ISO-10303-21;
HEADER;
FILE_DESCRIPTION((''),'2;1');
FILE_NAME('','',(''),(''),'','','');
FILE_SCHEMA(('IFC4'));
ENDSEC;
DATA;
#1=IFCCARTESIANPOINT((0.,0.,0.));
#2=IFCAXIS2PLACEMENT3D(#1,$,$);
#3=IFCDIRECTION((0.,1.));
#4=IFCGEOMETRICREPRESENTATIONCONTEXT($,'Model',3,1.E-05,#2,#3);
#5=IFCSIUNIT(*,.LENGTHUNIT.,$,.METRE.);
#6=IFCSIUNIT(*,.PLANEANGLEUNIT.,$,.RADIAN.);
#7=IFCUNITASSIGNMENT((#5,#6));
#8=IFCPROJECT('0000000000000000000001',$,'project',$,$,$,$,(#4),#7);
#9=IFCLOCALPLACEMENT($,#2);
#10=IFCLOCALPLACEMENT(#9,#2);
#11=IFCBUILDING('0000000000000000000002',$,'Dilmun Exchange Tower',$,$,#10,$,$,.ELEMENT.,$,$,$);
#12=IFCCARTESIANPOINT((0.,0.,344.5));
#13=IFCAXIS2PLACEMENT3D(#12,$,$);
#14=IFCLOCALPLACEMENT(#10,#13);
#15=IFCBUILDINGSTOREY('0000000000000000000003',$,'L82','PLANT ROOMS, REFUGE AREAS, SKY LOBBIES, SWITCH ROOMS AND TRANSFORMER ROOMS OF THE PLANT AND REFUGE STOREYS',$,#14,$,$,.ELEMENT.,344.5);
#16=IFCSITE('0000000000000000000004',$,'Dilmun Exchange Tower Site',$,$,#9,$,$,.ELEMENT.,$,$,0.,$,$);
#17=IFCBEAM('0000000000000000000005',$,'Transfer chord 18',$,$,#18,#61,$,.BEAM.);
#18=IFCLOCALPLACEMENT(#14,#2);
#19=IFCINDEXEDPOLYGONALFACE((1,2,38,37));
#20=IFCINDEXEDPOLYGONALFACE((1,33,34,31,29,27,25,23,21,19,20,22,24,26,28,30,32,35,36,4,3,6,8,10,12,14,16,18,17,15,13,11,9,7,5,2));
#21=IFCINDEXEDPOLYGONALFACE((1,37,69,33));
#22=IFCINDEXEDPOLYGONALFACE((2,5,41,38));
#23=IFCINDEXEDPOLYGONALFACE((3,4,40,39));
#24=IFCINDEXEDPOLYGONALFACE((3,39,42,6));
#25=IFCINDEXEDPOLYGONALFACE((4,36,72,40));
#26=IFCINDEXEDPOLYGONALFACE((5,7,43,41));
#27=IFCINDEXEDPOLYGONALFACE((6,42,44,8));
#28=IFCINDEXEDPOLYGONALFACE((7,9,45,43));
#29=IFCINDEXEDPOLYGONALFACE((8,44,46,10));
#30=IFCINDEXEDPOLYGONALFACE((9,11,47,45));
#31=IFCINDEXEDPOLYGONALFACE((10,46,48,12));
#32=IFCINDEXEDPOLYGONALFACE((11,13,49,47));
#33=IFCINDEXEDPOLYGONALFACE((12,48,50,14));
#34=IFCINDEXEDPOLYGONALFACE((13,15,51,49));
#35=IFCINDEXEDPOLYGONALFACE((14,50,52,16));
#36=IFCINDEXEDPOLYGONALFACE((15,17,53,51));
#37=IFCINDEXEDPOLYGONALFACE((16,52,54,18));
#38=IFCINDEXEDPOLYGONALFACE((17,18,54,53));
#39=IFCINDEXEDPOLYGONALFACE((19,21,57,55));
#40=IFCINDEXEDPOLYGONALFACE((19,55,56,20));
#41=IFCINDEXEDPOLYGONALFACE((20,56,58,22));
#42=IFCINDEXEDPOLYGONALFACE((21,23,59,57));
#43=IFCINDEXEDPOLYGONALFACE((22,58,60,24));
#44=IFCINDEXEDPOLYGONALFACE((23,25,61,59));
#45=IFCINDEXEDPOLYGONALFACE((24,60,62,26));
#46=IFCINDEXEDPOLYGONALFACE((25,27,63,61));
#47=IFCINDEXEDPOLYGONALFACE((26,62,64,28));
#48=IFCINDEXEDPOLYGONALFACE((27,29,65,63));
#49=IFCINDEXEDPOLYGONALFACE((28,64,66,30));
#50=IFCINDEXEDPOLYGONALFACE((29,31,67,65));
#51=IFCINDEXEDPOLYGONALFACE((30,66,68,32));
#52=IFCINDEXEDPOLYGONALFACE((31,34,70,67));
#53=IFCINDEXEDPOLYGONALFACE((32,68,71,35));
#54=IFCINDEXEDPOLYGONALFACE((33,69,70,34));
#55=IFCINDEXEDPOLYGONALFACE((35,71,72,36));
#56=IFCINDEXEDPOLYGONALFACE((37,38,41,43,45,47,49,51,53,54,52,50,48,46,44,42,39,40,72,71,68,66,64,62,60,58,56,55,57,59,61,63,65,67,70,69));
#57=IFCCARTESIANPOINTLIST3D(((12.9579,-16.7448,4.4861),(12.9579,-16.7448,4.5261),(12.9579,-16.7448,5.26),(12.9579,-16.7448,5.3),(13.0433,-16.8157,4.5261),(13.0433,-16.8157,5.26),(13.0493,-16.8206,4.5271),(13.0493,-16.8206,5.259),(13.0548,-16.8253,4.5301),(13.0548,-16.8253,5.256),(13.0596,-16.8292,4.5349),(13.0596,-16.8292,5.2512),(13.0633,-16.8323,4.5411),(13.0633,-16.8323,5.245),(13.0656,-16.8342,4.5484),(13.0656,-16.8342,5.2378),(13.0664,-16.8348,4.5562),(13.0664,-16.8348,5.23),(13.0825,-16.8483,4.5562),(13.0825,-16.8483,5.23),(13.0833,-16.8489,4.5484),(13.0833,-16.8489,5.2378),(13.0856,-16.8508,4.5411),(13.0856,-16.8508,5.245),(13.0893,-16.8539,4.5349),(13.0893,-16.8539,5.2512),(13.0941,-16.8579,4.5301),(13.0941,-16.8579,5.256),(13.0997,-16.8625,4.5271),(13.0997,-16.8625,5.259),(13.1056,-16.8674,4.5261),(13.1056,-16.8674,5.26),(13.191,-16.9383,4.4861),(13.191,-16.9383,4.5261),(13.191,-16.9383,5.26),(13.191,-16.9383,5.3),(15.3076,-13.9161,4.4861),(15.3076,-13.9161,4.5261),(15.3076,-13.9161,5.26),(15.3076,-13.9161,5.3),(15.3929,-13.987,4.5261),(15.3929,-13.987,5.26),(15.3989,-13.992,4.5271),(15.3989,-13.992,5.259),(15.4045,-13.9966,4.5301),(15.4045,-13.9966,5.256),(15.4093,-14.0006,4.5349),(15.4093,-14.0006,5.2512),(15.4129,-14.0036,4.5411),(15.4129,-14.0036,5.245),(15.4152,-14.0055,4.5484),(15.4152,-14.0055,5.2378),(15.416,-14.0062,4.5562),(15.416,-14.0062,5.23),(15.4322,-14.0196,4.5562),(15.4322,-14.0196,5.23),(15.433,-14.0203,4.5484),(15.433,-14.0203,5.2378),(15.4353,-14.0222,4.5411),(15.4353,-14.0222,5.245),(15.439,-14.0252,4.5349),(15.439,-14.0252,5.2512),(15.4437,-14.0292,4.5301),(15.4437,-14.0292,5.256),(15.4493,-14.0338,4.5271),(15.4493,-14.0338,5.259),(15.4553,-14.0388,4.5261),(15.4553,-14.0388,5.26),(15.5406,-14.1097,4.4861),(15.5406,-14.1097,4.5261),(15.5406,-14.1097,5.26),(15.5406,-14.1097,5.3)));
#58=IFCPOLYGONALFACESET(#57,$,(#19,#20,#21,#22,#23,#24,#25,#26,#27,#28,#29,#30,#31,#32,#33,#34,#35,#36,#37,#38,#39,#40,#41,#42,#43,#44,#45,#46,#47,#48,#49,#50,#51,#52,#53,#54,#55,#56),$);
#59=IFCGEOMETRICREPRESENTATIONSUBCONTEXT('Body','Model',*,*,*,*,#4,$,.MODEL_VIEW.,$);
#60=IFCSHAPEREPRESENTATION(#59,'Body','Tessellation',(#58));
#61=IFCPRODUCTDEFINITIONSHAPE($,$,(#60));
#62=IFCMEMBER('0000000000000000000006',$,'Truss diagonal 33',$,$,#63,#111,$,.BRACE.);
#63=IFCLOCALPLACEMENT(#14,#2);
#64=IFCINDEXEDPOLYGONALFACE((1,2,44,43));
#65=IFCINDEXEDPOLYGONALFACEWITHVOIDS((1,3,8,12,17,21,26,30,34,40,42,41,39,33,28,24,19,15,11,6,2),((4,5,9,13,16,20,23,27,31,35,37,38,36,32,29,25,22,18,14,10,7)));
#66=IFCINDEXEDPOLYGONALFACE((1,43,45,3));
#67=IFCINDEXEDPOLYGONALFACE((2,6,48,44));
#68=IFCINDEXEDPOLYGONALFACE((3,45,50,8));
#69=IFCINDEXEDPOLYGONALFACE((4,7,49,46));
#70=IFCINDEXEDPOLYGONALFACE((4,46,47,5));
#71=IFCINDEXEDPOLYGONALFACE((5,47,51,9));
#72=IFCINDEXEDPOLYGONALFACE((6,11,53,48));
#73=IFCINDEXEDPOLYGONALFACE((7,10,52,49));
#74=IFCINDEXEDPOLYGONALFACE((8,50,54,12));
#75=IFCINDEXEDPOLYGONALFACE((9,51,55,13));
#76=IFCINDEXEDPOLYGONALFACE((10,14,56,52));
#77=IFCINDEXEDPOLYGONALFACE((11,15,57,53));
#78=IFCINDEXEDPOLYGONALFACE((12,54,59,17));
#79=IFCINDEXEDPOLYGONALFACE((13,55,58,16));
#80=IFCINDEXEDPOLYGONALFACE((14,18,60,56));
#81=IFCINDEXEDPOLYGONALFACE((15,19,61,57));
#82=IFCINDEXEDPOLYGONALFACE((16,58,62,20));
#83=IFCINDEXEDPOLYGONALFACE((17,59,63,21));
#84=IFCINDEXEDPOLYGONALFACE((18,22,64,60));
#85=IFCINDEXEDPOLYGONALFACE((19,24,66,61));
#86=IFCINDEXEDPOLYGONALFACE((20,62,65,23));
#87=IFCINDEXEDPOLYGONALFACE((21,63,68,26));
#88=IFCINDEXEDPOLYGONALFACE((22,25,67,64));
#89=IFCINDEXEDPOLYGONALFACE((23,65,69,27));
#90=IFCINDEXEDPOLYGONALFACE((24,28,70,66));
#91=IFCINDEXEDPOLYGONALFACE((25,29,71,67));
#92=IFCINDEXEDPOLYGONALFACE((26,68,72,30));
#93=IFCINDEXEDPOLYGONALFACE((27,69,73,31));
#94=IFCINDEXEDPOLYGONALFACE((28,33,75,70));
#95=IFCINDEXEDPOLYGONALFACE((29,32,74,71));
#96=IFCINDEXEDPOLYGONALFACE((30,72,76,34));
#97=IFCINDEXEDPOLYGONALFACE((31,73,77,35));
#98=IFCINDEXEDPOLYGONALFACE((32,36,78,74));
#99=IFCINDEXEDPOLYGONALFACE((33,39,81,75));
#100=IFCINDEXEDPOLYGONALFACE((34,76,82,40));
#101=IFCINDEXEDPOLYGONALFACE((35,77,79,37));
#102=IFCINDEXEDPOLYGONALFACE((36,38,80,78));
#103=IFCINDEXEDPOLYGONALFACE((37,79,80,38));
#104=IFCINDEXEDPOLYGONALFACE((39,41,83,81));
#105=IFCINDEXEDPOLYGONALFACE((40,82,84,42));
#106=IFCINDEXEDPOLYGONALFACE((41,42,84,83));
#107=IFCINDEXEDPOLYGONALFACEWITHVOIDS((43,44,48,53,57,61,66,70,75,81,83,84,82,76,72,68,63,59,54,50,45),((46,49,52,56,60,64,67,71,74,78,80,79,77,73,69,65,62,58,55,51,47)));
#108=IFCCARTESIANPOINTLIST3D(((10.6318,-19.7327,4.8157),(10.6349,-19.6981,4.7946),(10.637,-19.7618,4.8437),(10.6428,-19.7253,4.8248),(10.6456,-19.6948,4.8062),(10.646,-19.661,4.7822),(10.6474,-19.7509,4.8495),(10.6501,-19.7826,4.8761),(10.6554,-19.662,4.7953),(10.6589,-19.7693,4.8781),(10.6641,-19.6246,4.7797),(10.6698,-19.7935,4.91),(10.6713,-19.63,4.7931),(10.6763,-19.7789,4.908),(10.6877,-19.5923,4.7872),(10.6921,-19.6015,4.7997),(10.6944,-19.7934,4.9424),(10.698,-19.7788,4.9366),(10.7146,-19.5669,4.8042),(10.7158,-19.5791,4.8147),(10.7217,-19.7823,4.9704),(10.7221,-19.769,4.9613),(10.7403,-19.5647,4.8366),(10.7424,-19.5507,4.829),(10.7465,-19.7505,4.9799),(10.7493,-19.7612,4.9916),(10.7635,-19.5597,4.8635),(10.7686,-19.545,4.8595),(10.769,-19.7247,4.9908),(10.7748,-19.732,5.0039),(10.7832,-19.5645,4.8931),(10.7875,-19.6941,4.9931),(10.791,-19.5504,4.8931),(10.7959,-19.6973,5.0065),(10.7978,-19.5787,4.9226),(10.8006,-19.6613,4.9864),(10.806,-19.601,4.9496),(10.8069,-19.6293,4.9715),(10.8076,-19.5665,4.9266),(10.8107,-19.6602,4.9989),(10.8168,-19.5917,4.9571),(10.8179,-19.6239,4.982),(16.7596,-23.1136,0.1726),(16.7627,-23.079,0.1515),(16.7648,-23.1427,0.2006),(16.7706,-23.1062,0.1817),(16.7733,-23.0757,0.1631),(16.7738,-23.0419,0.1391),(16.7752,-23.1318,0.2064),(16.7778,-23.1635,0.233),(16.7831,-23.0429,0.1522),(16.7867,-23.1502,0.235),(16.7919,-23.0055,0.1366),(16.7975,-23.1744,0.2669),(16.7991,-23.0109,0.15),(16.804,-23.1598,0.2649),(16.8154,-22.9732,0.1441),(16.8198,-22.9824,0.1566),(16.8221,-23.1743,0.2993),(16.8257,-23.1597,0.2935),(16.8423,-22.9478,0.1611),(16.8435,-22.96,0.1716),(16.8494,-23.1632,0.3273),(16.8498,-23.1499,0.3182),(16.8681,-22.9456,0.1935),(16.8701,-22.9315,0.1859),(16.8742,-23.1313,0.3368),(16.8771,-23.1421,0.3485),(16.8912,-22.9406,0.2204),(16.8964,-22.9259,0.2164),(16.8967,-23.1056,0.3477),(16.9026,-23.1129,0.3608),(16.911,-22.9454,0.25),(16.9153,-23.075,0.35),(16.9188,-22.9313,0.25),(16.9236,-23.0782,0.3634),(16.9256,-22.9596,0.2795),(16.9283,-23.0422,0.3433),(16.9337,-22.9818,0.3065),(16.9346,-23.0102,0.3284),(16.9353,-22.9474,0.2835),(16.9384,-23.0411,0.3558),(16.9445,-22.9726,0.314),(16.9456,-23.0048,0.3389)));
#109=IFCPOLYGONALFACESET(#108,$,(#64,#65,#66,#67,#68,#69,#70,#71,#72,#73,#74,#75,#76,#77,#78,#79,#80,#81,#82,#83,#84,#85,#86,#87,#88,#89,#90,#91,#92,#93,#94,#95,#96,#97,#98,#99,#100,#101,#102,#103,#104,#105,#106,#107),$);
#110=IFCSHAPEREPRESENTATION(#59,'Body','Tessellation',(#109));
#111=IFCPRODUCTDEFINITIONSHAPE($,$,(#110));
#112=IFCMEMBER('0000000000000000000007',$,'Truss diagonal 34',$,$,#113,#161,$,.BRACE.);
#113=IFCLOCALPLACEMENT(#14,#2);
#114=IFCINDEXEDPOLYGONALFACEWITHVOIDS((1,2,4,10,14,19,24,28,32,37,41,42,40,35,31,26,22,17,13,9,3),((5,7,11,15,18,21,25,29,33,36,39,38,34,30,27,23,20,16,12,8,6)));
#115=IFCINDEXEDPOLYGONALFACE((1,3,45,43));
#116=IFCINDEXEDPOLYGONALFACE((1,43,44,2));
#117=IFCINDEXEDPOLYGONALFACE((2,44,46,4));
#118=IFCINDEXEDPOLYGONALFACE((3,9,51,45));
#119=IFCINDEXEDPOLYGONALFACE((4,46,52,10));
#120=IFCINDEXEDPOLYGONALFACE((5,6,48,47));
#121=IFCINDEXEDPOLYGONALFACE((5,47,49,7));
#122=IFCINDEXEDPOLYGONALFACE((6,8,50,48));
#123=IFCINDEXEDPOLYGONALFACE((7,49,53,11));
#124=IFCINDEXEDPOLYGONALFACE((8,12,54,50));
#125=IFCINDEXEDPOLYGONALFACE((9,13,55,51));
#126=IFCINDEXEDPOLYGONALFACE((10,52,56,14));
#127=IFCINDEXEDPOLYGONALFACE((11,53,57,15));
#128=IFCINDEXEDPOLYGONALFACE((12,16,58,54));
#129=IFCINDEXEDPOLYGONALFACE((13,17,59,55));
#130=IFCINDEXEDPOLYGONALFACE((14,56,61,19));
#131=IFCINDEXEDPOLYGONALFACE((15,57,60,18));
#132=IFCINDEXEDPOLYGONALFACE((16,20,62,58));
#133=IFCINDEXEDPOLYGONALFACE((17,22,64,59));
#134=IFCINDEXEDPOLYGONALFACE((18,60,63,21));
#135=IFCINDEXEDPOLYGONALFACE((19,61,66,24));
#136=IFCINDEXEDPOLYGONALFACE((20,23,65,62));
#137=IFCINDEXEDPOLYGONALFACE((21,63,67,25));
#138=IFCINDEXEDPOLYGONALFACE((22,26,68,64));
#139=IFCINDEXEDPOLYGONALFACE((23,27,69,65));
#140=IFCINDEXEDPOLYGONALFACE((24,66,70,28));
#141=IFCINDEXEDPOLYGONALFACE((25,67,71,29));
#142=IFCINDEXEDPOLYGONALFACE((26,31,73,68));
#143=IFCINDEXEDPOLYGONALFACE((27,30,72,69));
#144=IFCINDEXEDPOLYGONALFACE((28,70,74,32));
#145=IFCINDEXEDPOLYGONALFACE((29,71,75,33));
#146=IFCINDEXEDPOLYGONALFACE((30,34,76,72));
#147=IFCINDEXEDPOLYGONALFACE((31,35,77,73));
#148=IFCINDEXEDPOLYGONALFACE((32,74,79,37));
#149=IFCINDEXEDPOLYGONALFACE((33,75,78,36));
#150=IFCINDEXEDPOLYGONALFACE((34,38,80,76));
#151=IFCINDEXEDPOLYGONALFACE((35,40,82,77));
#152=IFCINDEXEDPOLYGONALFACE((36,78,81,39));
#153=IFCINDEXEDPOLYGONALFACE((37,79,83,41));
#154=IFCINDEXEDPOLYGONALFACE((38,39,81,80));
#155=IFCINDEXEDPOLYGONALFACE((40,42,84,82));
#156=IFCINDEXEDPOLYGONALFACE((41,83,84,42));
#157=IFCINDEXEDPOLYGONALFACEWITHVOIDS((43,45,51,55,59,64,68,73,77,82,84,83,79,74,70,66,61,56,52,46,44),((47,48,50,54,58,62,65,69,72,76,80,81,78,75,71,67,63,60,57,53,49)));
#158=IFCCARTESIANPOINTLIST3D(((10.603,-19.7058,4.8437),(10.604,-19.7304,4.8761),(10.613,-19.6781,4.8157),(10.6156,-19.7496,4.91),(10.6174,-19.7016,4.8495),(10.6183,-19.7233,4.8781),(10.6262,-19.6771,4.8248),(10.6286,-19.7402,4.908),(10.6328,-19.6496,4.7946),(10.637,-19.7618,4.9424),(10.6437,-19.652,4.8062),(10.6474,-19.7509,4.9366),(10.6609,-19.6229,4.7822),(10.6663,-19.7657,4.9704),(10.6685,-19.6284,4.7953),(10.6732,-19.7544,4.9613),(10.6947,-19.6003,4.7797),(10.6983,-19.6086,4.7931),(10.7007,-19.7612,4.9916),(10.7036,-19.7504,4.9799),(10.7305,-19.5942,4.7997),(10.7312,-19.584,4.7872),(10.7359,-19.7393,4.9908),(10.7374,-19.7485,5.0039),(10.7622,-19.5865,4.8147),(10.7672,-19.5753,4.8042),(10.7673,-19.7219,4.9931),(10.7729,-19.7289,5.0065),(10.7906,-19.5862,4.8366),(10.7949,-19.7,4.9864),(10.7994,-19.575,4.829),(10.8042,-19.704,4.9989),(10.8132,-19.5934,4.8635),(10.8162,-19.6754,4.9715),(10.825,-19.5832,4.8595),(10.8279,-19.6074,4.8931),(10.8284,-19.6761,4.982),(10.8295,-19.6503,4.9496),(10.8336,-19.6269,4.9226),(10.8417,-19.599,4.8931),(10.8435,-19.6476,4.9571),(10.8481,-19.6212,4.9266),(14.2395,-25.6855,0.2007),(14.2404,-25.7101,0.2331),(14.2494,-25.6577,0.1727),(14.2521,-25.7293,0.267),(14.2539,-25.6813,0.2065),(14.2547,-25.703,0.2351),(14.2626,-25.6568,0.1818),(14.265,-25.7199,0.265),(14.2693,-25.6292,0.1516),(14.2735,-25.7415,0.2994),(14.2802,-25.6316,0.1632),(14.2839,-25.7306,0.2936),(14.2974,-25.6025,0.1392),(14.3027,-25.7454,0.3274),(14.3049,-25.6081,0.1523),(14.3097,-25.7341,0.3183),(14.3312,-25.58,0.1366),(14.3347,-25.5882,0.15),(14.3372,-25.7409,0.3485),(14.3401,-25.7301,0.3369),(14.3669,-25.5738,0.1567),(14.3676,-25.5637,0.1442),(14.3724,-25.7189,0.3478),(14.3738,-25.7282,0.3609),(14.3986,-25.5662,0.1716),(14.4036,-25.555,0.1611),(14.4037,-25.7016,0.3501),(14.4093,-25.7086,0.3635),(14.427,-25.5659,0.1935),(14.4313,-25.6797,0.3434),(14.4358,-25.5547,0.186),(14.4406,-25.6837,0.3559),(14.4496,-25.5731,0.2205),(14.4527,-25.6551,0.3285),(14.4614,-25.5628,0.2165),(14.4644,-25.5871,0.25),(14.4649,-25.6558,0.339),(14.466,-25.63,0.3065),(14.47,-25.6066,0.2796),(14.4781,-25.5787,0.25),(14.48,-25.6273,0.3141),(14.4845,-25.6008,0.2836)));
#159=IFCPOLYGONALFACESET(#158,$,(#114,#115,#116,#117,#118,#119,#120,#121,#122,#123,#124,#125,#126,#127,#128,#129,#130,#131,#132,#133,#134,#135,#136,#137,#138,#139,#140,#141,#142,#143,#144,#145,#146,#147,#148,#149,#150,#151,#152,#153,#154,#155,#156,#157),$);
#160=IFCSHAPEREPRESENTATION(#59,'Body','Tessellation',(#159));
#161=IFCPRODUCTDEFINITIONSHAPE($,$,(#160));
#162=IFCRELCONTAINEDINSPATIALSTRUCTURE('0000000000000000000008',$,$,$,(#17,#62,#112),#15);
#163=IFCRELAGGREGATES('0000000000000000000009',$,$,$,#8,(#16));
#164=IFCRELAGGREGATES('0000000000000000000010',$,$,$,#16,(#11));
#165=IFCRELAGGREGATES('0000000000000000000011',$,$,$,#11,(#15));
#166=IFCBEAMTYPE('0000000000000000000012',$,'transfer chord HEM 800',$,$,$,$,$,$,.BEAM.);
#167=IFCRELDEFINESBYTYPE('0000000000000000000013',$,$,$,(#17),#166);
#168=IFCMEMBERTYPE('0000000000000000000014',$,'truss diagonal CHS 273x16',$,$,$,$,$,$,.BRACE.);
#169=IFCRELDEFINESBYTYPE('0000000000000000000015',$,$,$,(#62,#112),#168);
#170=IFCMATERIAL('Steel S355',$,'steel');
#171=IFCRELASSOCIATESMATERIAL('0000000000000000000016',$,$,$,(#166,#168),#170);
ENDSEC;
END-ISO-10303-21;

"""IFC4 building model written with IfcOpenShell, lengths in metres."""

from ifc_helpers import new_model, si_unit, direction, frame, origin, origin_2d, place, context, subcontext, project, spatial, hollow_circle, i_section, extrude, material, material_profile, profile_set, type_object, element, save


model = new_model("IFC4")

# Units and contexts
model_context = context("Model", 3, precision=1e-05, world=origin(), true_north=direction((0.0, 1.0)))
body_context = subcontext(model_context, "Body", "Model", "MODEL_VIEW")
ifc_project = project(units=[si_unit("LENGTHUNIT", "METRE"), si_unit("PLANEANGLEUNIT", "RADIAN")], contexts=[model_context])

# Site, building, storey
site_placement = place(None, origin())
site = spatial("IfcSite", under=ifc_project, at=site_placement, Name="Dilmun Exchange Tower Site", CompositionType="ELEMENT", RefElevation=0.0)
building_placement = place(site_placement, origin())
building = spatial("IfcBuilding", under=site, at=building_placement, Name="Dilmun Exchange Tower", CompositionType="ELEMENT")
storey_placement = place(building_placement, frame((0.0, 0.0, 344.5)))
storey = spatial("IfcBuildingStorey", under=building, at=storey_placement, Name="L82", Description="PLANT ROOMS, REFUGE AREAS, SKY LOBBIES, SWITCH ROOMS AND TRANSFORMER ROOMS OF THE PLANT AND REFUGE STOREYS", CompositionType="ELEMENT", Elevation=344.5)

# Shared definitions
ifc_material_1 = material(Name="Steel S355", Category="steel")

# Beam
ifc_material_profile_1 = material_profile(ifc_material_1, i_section(OverallWidth=0.303, OverallDepth=0.814, WebThickness=0.021, FlangeThickness=0.04, FilletRadius=0.03, at=origin_2d()), Name="HEM 800")
ifc_profile_set_1 = profile_set([ifc_material_profile_1], Name="Steel S355")
beam_type_1 = type_object("IfcBeamType", Name="transfer chord HEM 800", PredefinedType="BEAM", material=ifc_profile_set_1)
beam_1_placement = place(storey_placement, frame((13.0745, -16.8416, 4.8931), z_axis=(0.638969, 0.769233, 0.0), x_axis=(-0.769233, 0.638969, 0.0)))
element("IfcBeam", 1, at=beam_1_placement, inside=storey, type_object=beam_type_1, Name="Transfer chord 18", PredefinedType="BEAM", context=body_context, shape_type="SweptSolid", body=[
    extrude(i_section(OverallWidth=0.303, OverallDepth=0.814, WebThickness=0.021, FlangeThickness=0.04, FilletRadius=0.03, at=origin_2d()), origin(), (0.0, 0.0, 1.0), 3.6772),
])

# Members
ifc_material_profile_2 = material_profile(ifc_material_1, hollow_circle(Radius=0.1365, WallThickness=0.0161, at=origin_2d()), Name="CHS 273x16")
ifc_profile_set_2 = profile_set([ifc_material_profile_2], Name="Steel S355")
member_type_1 = type_object("IfcMemberType", Name="truss diagonal CHS 273x16", PredefinedType="BRACE", material=ifc_profile_set_2)
for number, where, z_axis, x_axis, name in (
    (2, (10.7251, -19.6699, 4.8931), (0.729606, -0.402549, -0.552837), (0.483085, 0.875574, 0.0), "Truss diagonal 33"),
    (3, (10.7251, -19.6699, 4.8931), (0.432977, -0.711978, -0.552827), (0.854412, 0.519596, 0.0), "Truss diagonal 34"),
):
    element("IfcMember", number, at=place(storey_placement, frame(where, z_axis=z_axis, x_axis=x_axis)), inside=storey, type_object=member_type_1, Name=name, PredefinedType="BRACE", context=body_context, shape_type="SweptSolid", body=[
        extrude(hollow_circle(Radius=0.1365, WallThickness=0.0161, at=origin_2d()), origin(), (0.0, 0.0, 1.0), 8.3987),
    ])

save(model, "model.ifc")
